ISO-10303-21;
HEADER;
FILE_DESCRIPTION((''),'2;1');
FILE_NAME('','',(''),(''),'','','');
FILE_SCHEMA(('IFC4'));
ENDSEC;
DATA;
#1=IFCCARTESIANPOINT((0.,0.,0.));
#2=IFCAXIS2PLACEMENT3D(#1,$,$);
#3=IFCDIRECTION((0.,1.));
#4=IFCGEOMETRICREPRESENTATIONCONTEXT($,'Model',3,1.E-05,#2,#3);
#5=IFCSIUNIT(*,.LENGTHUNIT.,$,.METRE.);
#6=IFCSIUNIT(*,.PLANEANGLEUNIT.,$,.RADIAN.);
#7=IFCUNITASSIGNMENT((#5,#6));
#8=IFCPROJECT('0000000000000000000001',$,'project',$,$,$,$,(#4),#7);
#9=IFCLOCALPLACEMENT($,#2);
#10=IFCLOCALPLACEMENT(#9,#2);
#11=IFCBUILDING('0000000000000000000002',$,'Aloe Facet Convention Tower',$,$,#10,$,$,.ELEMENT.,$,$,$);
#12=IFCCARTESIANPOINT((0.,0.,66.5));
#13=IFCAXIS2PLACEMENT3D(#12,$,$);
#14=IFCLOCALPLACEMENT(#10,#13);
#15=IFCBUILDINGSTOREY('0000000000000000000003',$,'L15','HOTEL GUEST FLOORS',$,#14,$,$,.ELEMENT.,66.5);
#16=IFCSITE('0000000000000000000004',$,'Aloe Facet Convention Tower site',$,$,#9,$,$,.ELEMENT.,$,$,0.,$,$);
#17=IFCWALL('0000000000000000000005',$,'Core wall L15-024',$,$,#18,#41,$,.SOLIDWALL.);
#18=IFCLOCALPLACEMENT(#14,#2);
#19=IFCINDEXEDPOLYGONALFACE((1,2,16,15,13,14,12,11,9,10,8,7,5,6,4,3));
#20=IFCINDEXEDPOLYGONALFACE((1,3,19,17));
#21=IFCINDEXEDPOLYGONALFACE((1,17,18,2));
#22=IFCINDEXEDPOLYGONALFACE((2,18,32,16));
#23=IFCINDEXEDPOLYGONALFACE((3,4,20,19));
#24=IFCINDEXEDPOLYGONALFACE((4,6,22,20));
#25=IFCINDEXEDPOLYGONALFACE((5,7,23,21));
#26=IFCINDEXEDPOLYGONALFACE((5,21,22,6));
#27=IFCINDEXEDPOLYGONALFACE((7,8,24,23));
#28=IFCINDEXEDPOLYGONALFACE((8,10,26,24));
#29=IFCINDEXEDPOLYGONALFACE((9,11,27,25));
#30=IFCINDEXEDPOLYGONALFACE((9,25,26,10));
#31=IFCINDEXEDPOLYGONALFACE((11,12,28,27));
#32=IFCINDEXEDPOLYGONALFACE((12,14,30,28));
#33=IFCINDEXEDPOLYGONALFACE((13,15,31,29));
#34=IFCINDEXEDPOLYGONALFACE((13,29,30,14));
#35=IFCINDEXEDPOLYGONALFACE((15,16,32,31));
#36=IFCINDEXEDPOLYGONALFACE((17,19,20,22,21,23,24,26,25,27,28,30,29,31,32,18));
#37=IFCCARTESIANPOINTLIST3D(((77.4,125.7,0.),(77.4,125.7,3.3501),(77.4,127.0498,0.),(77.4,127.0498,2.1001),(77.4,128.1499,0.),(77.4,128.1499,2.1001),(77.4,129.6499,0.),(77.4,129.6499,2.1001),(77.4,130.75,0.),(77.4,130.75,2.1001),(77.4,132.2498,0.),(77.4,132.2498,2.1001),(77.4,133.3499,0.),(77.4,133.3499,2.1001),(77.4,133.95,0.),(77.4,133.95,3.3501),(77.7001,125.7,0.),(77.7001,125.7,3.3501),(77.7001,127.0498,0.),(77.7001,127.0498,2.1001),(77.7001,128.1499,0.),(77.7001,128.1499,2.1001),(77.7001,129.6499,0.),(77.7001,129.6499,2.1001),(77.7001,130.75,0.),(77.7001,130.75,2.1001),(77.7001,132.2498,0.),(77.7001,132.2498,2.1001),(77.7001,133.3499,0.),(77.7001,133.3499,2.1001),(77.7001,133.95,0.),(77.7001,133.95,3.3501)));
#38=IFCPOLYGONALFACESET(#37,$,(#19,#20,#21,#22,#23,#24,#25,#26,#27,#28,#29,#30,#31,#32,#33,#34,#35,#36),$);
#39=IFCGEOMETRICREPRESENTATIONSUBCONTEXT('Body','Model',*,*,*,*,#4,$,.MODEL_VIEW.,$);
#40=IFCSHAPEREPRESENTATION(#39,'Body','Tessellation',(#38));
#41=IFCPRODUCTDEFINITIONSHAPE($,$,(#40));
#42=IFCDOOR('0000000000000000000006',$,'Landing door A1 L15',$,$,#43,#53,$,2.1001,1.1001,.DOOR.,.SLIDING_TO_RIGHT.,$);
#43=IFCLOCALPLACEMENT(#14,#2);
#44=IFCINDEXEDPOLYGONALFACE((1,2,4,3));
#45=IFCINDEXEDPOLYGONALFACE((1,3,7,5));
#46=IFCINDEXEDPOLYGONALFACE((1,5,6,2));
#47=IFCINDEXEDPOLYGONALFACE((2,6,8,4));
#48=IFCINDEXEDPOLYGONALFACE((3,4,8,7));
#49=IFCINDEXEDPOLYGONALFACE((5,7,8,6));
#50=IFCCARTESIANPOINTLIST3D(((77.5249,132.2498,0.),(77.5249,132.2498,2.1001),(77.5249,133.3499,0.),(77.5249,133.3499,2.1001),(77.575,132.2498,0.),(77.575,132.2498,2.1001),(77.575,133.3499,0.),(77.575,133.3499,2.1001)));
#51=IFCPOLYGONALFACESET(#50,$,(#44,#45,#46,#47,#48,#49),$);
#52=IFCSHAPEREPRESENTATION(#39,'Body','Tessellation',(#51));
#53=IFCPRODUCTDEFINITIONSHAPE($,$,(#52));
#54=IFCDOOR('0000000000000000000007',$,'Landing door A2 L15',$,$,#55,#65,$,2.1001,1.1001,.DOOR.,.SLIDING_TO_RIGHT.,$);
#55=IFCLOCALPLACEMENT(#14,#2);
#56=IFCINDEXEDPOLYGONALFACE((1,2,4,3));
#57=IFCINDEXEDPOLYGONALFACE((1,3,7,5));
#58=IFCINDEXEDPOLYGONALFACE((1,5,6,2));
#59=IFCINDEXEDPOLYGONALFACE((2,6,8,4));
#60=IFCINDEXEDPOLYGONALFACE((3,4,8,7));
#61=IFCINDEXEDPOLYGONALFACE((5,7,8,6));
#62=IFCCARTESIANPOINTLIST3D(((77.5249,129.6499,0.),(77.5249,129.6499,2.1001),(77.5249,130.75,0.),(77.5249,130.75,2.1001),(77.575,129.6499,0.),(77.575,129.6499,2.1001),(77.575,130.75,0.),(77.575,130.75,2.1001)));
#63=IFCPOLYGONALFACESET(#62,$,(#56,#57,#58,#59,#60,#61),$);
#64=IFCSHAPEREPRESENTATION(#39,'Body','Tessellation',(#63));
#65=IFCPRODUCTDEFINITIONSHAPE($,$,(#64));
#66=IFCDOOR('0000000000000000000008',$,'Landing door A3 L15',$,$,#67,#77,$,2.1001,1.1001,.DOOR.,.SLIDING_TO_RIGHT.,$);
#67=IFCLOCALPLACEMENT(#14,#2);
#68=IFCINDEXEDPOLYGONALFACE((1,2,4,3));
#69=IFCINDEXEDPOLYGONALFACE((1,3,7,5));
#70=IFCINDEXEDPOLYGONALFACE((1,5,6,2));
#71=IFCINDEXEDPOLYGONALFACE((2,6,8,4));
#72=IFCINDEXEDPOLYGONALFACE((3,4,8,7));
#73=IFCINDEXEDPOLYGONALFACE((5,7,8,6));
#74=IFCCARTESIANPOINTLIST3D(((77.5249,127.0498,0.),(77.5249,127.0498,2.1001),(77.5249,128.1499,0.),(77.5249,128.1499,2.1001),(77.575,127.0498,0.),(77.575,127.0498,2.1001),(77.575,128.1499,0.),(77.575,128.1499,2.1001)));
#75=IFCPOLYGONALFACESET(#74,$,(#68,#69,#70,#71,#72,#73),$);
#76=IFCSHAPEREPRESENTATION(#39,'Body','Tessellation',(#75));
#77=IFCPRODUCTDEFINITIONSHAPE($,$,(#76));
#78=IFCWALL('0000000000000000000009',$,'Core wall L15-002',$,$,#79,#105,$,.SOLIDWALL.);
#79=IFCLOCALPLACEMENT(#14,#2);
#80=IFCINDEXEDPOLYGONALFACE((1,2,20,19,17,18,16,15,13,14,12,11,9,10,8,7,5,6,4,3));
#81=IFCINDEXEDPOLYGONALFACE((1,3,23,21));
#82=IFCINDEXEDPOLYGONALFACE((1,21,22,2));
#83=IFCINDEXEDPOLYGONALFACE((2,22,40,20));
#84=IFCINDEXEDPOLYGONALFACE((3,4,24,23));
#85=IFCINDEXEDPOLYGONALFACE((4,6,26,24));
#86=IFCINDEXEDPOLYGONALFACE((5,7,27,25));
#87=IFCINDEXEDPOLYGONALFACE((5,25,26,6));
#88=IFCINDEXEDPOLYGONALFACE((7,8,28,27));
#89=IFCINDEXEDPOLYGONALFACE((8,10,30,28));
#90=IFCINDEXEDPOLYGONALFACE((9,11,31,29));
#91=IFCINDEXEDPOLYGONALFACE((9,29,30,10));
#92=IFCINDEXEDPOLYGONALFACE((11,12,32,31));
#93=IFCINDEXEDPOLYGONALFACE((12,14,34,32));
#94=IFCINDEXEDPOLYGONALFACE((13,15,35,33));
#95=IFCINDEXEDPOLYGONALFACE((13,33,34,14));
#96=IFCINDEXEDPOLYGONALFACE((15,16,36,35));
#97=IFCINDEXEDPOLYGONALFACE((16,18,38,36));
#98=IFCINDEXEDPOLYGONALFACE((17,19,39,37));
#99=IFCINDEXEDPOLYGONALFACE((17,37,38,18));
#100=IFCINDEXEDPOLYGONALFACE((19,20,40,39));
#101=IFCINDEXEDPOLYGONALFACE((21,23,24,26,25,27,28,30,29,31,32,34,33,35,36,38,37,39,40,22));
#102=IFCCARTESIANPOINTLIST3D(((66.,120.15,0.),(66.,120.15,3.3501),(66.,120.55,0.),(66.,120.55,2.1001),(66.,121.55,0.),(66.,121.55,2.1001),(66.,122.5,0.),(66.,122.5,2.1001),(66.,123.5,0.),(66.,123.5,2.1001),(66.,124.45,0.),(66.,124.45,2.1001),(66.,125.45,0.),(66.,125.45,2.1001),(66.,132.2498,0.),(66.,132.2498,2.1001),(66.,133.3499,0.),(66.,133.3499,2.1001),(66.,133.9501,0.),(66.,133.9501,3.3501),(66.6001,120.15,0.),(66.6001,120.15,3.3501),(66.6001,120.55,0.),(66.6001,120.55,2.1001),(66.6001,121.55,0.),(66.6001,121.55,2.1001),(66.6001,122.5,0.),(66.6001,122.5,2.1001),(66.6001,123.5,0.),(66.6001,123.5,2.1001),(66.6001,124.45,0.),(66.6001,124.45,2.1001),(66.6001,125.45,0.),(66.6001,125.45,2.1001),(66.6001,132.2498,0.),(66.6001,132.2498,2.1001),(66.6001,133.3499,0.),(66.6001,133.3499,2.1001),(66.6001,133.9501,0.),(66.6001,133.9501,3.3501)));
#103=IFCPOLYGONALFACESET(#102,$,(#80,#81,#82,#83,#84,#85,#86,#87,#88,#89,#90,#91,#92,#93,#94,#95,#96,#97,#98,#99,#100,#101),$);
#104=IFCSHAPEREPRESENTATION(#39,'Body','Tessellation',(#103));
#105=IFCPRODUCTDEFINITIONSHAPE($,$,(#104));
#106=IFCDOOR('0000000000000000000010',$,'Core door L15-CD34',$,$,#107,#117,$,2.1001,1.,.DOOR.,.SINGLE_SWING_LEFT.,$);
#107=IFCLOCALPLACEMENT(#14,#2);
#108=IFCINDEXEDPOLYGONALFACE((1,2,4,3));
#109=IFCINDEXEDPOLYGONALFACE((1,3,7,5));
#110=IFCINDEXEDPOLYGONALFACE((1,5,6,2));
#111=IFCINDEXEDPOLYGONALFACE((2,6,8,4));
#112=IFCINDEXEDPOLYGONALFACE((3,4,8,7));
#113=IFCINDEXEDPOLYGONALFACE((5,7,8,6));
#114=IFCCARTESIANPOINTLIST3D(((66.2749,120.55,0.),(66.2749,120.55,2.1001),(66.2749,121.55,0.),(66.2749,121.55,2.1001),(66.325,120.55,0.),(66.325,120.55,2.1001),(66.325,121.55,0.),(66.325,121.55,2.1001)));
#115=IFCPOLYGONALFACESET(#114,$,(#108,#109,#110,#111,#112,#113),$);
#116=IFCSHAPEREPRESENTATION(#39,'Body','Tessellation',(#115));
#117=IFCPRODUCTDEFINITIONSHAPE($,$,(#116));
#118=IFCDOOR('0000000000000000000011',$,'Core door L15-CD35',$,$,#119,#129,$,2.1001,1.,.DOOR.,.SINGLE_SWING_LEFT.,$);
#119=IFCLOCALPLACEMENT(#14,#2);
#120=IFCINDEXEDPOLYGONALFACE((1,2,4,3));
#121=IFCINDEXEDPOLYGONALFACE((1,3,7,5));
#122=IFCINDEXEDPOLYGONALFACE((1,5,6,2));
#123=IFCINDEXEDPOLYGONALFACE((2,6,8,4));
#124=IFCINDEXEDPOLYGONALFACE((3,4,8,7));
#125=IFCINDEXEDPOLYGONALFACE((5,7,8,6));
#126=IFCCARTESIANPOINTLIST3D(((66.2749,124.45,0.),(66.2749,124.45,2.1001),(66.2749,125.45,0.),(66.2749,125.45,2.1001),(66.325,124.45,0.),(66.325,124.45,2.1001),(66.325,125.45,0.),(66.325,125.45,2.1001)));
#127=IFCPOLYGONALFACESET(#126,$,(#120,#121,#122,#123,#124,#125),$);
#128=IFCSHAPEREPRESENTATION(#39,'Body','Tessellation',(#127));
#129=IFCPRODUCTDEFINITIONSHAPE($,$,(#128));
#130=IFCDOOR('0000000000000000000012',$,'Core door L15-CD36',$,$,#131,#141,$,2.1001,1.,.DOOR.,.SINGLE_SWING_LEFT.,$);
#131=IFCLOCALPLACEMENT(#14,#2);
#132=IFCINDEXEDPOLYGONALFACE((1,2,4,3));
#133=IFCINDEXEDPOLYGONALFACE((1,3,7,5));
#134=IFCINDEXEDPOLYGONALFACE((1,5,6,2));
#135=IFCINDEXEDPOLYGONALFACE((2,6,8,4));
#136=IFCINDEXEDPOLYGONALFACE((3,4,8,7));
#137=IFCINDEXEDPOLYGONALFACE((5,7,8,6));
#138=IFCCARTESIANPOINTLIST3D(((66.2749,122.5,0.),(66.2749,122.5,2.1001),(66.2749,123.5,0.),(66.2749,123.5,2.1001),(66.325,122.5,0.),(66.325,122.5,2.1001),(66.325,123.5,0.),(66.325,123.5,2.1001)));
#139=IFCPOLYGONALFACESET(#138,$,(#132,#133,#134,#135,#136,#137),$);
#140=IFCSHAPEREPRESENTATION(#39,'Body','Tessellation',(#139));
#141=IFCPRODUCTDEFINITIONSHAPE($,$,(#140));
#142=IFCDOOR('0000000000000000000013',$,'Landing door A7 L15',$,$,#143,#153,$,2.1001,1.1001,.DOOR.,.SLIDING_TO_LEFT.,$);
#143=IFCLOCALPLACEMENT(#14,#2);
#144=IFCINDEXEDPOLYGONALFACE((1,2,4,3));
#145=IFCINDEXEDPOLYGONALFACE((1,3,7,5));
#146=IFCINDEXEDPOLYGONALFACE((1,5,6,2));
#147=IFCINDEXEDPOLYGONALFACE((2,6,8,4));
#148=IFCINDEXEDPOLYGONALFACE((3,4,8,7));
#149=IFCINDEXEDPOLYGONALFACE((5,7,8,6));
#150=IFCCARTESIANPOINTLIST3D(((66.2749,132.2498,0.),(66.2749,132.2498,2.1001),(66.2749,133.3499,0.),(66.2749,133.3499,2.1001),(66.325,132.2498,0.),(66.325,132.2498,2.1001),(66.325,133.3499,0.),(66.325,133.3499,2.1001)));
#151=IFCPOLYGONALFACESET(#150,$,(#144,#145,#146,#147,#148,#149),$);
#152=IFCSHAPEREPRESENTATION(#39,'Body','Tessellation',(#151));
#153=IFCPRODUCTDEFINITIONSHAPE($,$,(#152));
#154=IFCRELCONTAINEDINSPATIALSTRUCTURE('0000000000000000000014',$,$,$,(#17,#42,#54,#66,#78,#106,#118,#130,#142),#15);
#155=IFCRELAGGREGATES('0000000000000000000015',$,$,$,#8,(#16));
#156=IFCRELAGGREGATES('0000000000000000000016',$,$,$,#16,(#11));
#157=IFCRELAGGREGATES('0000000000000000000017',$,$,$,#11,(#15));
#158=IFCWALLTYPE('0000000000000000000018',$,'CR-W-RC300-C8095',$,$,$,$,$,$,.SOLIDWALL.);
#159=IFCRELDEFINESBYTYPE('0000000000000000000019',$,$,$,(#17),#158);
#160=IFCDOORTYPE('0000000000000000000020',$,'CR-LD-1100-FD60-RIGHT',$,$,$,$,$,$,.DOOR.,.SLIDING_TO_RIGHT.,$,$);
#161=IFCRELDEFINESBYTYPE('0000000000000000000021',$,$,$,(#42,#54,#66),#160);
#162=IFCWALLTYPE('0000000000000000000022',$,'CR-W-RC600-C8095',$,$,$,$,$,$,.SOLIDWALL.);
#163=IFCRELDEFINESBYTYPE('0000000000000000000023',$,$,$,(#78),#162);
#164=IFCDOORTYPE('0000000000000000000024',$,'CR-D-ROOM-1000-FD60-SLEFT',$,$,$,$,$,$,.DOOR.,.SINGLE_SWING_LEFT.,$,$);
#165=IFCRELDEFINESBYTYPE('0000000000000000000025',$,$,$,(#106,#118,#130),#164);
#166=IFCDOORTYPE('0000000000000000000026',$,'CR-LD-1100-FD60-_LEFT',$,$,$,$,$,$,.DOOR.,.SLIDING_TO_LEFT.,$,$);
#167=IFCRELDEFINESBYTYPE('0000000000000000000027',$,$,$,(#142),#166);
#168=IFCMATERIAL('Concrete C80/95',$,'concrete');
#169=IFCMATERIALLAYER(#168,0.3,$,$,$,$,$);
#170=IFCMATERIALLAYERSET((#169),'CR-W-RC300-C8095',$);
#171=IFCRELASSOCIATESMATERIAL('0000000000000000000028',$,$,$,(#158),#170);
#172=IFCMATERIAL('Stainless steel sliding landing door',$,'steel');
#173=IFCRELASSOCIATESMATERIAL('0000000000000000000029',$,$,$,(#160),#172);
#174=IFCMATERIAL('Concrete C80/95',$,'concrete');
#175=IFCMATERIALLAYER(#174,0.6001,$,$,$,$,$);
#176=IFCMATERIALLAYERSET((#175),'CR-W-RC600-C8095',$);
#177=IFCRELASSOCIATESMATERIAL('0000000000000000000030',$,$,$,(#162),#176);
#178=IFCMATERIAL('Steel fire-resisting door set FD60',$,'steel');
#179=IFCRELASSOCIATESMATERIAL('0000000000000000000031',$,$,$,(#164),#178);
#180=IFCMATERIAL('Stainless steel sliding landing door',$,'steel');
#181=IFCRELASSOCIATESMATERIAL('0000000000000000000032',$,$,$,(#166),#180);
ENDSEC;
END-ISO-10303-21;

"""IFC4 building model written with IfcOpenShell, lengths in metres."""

from ifc_helpers import new_model, si_unit, direction, frame, frame_2d, origin, place, context, subcontext, project, spatial, rectangle, extrude, material, layer, layer_set, type_object, element, fill, save


model = new_model("IFC4")

# Units and contexts
model_context = context("Model", 3, precision=1e-05, world=origin(), true_north=direction((0.0, 1.0)))
body_context = subcontext(model_context, "Body", "Model", "MODEL_VIEW")
ifc_project = project(units=[si_unit("LENGTHUNIT", "METRE"), si_unit("PLANEANGLEUNIT", "RADIAN")], contexts=[model_context])

# Site, building, storey
site_placement = place(None, origin())
site = spatial("IfcSite", under=ifc_project, at=site_placement, Name="Aloe Facet Convention Tower site", CompositionType="ELEMENT", RefElevation=0.0)
building_placement = place(site_placement, origin())
building = spatial("IfcBuilding", under=site, at=building_placement, Name="Aloe Facet Convention Tower", CompositionType="ELEMENT")
storey_placement = place(building_placement, frame((0.0, 0.0, 66.5)))
storey = spatial("IfcBuildingStorey", under=building, at=storey_placement, Name="L15", Description="HOTEL GUEST FLOORS", CompositionType="ELEMENT", Elevation=66.5)

# Shared definitions
ifc_material_1 = material(Name="Concrete C80/95", Category="concrete")
ifc_layer_1 = layer(ifc_material_1, 0.3)
ifc_layer_set_1 = layer_set([ifc_layer_1], Name="CR-W-RC300-C8095")
wall_type_1 = type_object("IfcWallType", Name="CR-W-RC300-C8095", PredefinedType="SOLIDWALL", material=ifc_layer_set_1)

# Walls, openings, doors
wall_1_placement = place(storey_placement, frame((77.55, 133.95, 0.0), z_axis=(0.0, 0.0, 1.0), x_axis=(0.0, -1.0, 0.0)))
wall_1 = element("IfcWall", 1, at=wall_1_placement, inside=storey, type_object=wall_type_1, Name="Core wall L15-024", PredefinedType="SOLIDWALL", context=body_context, shape_type="SweptSolid", body=[
    extrude(rectangle(XDim=8.25, YDim=0.3, at=frame_2d((4.125, 0.0))), origin(), (0.0, 0.0, 1.0), 3.3501),
])
opening_1_placement = place(wall_1_placement, frame((0.6001, 0.0, 0.0)))
opening_1 = element("IfcOpeningElement", 2, at=opening_1_placement, cuts=wall_1, PredefinedType="OPENING", context=body_context, shape_type="SweptSolid", body=[
    extrude(rectangle(XDim=1.1001, YDim=2.1001, at=frame_2d((0.55, 1.05))), frame((0.0, 0.1602, 0.0), z_axis=(0.0, -1.0, 0.0), x_axis=(1.0, 0.0, 0.0)), (0.0, 0.0, 1.0), 0.3201),
])
opening_2_placement = place(wall_1_placement, frame((3.2, 0.0, 0.0)))
opening_2 = element("IfcOpeningElement", 3, at=opening_2_placement, cuts=wall_1, PredefinedType="OPENING", context=body_context, shape_type="SweptSolid", body=[
    extrude(rectangle(XDim=1.1001, YDim=2.1001, at=frame_2d((0.55, 1.05))), frame((0.0, 0.1602, 0.0), z_axis=(0.0, -1.0, 0.0), x_axis=(1.0, 0.0, 0.0)), (0.0, 0.0, 1.0), 0.3201),
])
opening_3_placement = place(wall_1_placement, frame((5.8, 0.0, 0.0)))
opening_3 = element("IfcOpeningElement", 4, at=opening_3_placement, cuts=wall_1, PredefinedType="OPENING", context=body_context, shape_type="SweptSolid", body=[
    extrude(rectangle(XDim=1.1001, YDim=2.1001, at=frame_2d((0.55, 1.05))), frame((0.0, 0.1602, 0.0), z_axis=(0.0, -1.0, 0.0), x_axis=(1.0, 0.0, 0.0)), (0.0, 0.0, 1.0), 0.3201),
])
ifc_material_2 = material(Name="Stainless steel sliding landing door", Category="steel")
door_type_1 = type_object("IfcDoorType", Name="CR-LD-1100-FD60-RIGHT", OperationType="SLIDING_TO_RIGHT", PredefinedType="DOOR", material=ifc_material_2)
door_1_placement = place(opening_1_placement, origin())
door_1 = element("IfcDoor", 5, at=door_1_placement, inside=storey, type_object=door_type_1, Name="Landing door A1 L15", OperationType="SLIDING_TO_RIGHT", OverallHeight=2.1001, OverallWidth=1.1001, PredefinedType="DOOR", context=body_context, shape_type="SweptSolid", body=[
    extrude(rectangle(XDim=1.1001, YDim=2.1001, at=frame_2d((0.55, 1.05))), frame((0.0, 0.0249, 0.0), z_axis=(0.0, -1.0, 0.0), x_axis=(1.0, 0.0, 0.0)), (0.0, 0.0, 1.0), 0.05),
])
fill(opening_1, door_1)
door_2_placement = place(opening_2_placement, origin())
door_2 = element("IfcDoor", 6, at=door_2_placement, inside=storey, type_object=door_type_1, Name="Landing door A2 L15", OperationType="SLIDING_TO_RIGHT", OverallHeight=2.1001, OverallWidth=1.1001, PredefinedType="DOOR", context=body_context, shape_type="SweptSolid", body=[
    extrude(rectangle(XDim=1.1001, YDim=2.1001, at=frame_2d((0.55, 1.05))), frame((0.0, 0.0249, 0.0), z_axis=(0.0, -1.0, 0.0), x_axis=(1.0, 0.0, 0.0)), (0.0, 0.0, 1.0), 0.05),
])
fill(opening_2, door_2)
door_3_placement = place(opening_3_placement, origin())
door_3 = element("IfcDoor", 7, at=door_3_placement, inside=storey, type_object=door_type_1, Name="Landing door A3 L15", OperationType="SLIDING_TO_RIGHT", OverallHeight=2.1001, OverallWidth=1.1001, PredefinedType="DOOR", context=body_context, shape_type="SweptSolid", body=[
    extrude(rectangle(XDim=1.1001, YDim=2.1001, at=frame_2d((0.55, 1.05))), frame((0.0, 0.0249, 0.0), z_axis=(0.0, -1.0, 0.0), x_axis=(1.0, 0.0, 0.0)), (0.0, 0.0, 1.0), 0.05),
])
fill(opening_3, door_3)
ifc_material_3 = material(Name="Concrete C80/95", Category="concrete")
ifc_layer_2 = layer(ifc_material_3, 0.6001)
ifc_layer_set_2 = layer_set([ifc_layer_2], Name="CR-W-RC600-C8095")
wall_type_2 = type_object("IfcWallType", Name="CR-W-RC600-C8095", PredefinedType="SOLIDWALL", material=ifc_layer_set_2)
wall_2_placement = place(storey_placement, frame((66.3, 133.95, 0.0), z_axis=(0.0, 0.0, 1.0), x_axis=(0.0, -1.0, 0.0)))
wall_2 = element("IfcWall", 8, at=wall_2_placement, inside=storey, type_object=wall_type_2, Name="Core wall L15-002", PredefinedType="SOLIDWALL", context=body_context, shape_type="SweptSolid", body=[
    extrude(rectangle(XDim=13.8, YDim=0.6001, at=frame_2d((6.8999, 0.0))), origin(), (0.0, 0.0, 1.0), 3.3501),
])
opening_4_placement = place(wall_2_placement, frame((0.6001, 0.0, 0.0)))
opening_4 = element("IfcOpeningElement", 9, at=opening_4_placement, cuts=wall_2, PredefinedType="OPENING", context=body_context, shape_type="SweptSolid", body=[
    extrude(rectangle(XDim=1.1001, YDim=2.1001, at=frame_2d((0.55, 1.05))), frame((0.0, 0.3101, 0.0), z_axis=(0.0, -1.0, 0.0), x_axis=(1.0, 0.0, 0.0)), (0.0, 0.0, 1.0), 0.6201),
])
opening_5_placement = place(wall_2_placement, frame((12.3999, 0.0, 0.0)))
opening_5 = element("IfcOpeningElement", 10, at=opening_5_placement, cuts=wall_2, PredefinedType="OPENING", context=body_context, shape_type="SweptSolid", body=[
    extrude(rectangle(XDim=1.0, YDim=2.1001, at=frame_2d((0.5, 1.05))), frame((0.0, 0.3101, 0.0), z_axis=(0.0, -1.0, 0.0), x_axis=(1.0, 0.0, 0.0)), (0.0, 0.0, 1.0), 0.6201),
])
opening_6_placement = place(wall_2_placement, frame((8.5, 0.0, 0.0)))
opening_6 = element("IfcOpeningElement", 11, at=opening_6_placement, cuts=wall_2, PredefinedType="OPENING", context=body_context, shape_type="SweptSolid", body=[
    extrude(rectangle(XDim=1.0, YDim=2.1001, at=frame_2d((0.5, 1.05))), frame((0.0, 0.3101, 0.0), z_axis=(0.0, -1.0, 0.0), x_axis=(1.0, 0.0, 0.0)), (0.0, 0.0, 1.0), 0.6201),
])
opening_7_placement = place(wall_2_placement, frame((10.45, 0.0, 0.0)))
opening_7 = element("IfcOpeningElement", 12, at=opening_7_placement, cuts=wall_2, PredefinedType="OPENING", context=body_context, shape_type="SweptSolid", body=[
    extrude(rectangle(XDim=1.0, YDim=2.1001, at=frame_2d((0.5, 1.05))), frame((0.0, 0.3101, 0.0), z_axis=(0.0, -1.0, 0.0), x_axis=(1.0, 0.0, 0.0)), (0.0, 0.0, 1.0), 0.6201),
])
ifc_material_4 = material(Name="Steel fire-resisting door set FD60", Category="steel")
door_type_2 = type_object("IfcDoorType", Name="CR-D-ROOM-1000-FD60-SLEFT", OperationType="SINGLE_SWING_LEFT", PredefinedType="DOOR", material=ifc_material_4)
door_4_placement = place(opening_5_placement, origin())
door_4 = element("IfcDoor", 13, at=door_4_placement, inside=storey, type_object=door_type_2, Name="Core door L15-CD34", OperationType="SINGLE_SWING_LEFT", OverallHeight=2.1001, OverallWidth=1.0, PredefinedType="DOOR", context=body_context, shape_type="SweptSolid", body=[
    extrude(rectangle(XDim=1.0, YDim=2.1001, at=frame_2d((0.5, 1.05))), frame((0.0, 0.0249, 0.0), z_axis=(0.0, -1.0, 0.0), x_axis=(1.0, 0.0, 0.0)), (0.0, 0.0, 1.0), 0.05),
])
fill(opening_5, door_4)
door_5_placement = place(opening_6_placement, origin())
door_5 = element("IfcDoor", 14, at=door_5_placement, inside=storey, type_object=door_type_2, Name="Core door L15-CD35", OperationType="SINGLE_SWING_LEFT", OverallHeight=2.1001, OverallWidth=1.0, PredefinedType="DOOR", context=body_context, shape_type="SweptSolid", body=[
    extrude(rectangle(XDim=1.0, YDim=2.1001, at=frame_2d((0.5, 1.05))), frame((0.0, 0.0249, 0.0), z_axis=(0.0, -1.0, 0.0), x_axis=(1.0, 0.0, 0.0)), (0.0, 0.0, 1.0), 0.05),
])
fill(opening_6, door_5)
door_6_placement = place(opening_7_placement, origin())
door_6 = element("IfcDoor", 15, at=door_6_placement, inside=storey, type_object=door_type_2, Name="Core door L15-CD36", OperationType="SINGLE_SWING_LEFT", OverallHeight=2.1001, OverallWidth=1.0, PredefinedType="DOOR", context=body_context, shape_type="SweptSolid", body=[
    extrude(rectangle(XDim=1.0, YDim=2.1001, at=frame_2d((0.5, 1.05))), frame((0.0, 0.0249, 0.0), z_axis=(0.0, -1.0, 0.0), x_axis=(1.0, 0.0, 0.0)), (0.0, 0.0, 1.0), 0.05),
])
fill(opening_7, door_6)
ifc_material_5 = material(Name="Stainless steel sliding landing door", Category="steel")
door_type_3 = type_object("IfcDoorType", Name="CR-LD-1100-FD60-_LEFT", OperationType="SLIDING_TO_LEFT", PredefinedType="DOOR", material=ifc_material_5)
door_7_placement = place(opening_4_placement, origin())
door_7 = element("IfcDoor", 16, at=door_7_placement, inside=storey, type_object=door_type_3, Name="Landing door A7 L15", OperationType="SLIDING_TO_LEFT", OverallHeight=2.1001, OverallWidth=1.1001, PredefinedType="DOOR", context=body_context, shape_type="SweptSolid", body=[
    extrude(rectangle(XDim=1.1001, YDim=2.1001, at=frame_2d((0.55, 1.05))), frame((0.0, 0.0249, 0.0), z_axis=(0.0, -1.0, 0.0), x_axis=(1.0, 0.0, 0.0)), (0.0, 0.0, 1.0), 0.05),
])
fill(opening_4, door_7)

save(model, "model.ifc")
